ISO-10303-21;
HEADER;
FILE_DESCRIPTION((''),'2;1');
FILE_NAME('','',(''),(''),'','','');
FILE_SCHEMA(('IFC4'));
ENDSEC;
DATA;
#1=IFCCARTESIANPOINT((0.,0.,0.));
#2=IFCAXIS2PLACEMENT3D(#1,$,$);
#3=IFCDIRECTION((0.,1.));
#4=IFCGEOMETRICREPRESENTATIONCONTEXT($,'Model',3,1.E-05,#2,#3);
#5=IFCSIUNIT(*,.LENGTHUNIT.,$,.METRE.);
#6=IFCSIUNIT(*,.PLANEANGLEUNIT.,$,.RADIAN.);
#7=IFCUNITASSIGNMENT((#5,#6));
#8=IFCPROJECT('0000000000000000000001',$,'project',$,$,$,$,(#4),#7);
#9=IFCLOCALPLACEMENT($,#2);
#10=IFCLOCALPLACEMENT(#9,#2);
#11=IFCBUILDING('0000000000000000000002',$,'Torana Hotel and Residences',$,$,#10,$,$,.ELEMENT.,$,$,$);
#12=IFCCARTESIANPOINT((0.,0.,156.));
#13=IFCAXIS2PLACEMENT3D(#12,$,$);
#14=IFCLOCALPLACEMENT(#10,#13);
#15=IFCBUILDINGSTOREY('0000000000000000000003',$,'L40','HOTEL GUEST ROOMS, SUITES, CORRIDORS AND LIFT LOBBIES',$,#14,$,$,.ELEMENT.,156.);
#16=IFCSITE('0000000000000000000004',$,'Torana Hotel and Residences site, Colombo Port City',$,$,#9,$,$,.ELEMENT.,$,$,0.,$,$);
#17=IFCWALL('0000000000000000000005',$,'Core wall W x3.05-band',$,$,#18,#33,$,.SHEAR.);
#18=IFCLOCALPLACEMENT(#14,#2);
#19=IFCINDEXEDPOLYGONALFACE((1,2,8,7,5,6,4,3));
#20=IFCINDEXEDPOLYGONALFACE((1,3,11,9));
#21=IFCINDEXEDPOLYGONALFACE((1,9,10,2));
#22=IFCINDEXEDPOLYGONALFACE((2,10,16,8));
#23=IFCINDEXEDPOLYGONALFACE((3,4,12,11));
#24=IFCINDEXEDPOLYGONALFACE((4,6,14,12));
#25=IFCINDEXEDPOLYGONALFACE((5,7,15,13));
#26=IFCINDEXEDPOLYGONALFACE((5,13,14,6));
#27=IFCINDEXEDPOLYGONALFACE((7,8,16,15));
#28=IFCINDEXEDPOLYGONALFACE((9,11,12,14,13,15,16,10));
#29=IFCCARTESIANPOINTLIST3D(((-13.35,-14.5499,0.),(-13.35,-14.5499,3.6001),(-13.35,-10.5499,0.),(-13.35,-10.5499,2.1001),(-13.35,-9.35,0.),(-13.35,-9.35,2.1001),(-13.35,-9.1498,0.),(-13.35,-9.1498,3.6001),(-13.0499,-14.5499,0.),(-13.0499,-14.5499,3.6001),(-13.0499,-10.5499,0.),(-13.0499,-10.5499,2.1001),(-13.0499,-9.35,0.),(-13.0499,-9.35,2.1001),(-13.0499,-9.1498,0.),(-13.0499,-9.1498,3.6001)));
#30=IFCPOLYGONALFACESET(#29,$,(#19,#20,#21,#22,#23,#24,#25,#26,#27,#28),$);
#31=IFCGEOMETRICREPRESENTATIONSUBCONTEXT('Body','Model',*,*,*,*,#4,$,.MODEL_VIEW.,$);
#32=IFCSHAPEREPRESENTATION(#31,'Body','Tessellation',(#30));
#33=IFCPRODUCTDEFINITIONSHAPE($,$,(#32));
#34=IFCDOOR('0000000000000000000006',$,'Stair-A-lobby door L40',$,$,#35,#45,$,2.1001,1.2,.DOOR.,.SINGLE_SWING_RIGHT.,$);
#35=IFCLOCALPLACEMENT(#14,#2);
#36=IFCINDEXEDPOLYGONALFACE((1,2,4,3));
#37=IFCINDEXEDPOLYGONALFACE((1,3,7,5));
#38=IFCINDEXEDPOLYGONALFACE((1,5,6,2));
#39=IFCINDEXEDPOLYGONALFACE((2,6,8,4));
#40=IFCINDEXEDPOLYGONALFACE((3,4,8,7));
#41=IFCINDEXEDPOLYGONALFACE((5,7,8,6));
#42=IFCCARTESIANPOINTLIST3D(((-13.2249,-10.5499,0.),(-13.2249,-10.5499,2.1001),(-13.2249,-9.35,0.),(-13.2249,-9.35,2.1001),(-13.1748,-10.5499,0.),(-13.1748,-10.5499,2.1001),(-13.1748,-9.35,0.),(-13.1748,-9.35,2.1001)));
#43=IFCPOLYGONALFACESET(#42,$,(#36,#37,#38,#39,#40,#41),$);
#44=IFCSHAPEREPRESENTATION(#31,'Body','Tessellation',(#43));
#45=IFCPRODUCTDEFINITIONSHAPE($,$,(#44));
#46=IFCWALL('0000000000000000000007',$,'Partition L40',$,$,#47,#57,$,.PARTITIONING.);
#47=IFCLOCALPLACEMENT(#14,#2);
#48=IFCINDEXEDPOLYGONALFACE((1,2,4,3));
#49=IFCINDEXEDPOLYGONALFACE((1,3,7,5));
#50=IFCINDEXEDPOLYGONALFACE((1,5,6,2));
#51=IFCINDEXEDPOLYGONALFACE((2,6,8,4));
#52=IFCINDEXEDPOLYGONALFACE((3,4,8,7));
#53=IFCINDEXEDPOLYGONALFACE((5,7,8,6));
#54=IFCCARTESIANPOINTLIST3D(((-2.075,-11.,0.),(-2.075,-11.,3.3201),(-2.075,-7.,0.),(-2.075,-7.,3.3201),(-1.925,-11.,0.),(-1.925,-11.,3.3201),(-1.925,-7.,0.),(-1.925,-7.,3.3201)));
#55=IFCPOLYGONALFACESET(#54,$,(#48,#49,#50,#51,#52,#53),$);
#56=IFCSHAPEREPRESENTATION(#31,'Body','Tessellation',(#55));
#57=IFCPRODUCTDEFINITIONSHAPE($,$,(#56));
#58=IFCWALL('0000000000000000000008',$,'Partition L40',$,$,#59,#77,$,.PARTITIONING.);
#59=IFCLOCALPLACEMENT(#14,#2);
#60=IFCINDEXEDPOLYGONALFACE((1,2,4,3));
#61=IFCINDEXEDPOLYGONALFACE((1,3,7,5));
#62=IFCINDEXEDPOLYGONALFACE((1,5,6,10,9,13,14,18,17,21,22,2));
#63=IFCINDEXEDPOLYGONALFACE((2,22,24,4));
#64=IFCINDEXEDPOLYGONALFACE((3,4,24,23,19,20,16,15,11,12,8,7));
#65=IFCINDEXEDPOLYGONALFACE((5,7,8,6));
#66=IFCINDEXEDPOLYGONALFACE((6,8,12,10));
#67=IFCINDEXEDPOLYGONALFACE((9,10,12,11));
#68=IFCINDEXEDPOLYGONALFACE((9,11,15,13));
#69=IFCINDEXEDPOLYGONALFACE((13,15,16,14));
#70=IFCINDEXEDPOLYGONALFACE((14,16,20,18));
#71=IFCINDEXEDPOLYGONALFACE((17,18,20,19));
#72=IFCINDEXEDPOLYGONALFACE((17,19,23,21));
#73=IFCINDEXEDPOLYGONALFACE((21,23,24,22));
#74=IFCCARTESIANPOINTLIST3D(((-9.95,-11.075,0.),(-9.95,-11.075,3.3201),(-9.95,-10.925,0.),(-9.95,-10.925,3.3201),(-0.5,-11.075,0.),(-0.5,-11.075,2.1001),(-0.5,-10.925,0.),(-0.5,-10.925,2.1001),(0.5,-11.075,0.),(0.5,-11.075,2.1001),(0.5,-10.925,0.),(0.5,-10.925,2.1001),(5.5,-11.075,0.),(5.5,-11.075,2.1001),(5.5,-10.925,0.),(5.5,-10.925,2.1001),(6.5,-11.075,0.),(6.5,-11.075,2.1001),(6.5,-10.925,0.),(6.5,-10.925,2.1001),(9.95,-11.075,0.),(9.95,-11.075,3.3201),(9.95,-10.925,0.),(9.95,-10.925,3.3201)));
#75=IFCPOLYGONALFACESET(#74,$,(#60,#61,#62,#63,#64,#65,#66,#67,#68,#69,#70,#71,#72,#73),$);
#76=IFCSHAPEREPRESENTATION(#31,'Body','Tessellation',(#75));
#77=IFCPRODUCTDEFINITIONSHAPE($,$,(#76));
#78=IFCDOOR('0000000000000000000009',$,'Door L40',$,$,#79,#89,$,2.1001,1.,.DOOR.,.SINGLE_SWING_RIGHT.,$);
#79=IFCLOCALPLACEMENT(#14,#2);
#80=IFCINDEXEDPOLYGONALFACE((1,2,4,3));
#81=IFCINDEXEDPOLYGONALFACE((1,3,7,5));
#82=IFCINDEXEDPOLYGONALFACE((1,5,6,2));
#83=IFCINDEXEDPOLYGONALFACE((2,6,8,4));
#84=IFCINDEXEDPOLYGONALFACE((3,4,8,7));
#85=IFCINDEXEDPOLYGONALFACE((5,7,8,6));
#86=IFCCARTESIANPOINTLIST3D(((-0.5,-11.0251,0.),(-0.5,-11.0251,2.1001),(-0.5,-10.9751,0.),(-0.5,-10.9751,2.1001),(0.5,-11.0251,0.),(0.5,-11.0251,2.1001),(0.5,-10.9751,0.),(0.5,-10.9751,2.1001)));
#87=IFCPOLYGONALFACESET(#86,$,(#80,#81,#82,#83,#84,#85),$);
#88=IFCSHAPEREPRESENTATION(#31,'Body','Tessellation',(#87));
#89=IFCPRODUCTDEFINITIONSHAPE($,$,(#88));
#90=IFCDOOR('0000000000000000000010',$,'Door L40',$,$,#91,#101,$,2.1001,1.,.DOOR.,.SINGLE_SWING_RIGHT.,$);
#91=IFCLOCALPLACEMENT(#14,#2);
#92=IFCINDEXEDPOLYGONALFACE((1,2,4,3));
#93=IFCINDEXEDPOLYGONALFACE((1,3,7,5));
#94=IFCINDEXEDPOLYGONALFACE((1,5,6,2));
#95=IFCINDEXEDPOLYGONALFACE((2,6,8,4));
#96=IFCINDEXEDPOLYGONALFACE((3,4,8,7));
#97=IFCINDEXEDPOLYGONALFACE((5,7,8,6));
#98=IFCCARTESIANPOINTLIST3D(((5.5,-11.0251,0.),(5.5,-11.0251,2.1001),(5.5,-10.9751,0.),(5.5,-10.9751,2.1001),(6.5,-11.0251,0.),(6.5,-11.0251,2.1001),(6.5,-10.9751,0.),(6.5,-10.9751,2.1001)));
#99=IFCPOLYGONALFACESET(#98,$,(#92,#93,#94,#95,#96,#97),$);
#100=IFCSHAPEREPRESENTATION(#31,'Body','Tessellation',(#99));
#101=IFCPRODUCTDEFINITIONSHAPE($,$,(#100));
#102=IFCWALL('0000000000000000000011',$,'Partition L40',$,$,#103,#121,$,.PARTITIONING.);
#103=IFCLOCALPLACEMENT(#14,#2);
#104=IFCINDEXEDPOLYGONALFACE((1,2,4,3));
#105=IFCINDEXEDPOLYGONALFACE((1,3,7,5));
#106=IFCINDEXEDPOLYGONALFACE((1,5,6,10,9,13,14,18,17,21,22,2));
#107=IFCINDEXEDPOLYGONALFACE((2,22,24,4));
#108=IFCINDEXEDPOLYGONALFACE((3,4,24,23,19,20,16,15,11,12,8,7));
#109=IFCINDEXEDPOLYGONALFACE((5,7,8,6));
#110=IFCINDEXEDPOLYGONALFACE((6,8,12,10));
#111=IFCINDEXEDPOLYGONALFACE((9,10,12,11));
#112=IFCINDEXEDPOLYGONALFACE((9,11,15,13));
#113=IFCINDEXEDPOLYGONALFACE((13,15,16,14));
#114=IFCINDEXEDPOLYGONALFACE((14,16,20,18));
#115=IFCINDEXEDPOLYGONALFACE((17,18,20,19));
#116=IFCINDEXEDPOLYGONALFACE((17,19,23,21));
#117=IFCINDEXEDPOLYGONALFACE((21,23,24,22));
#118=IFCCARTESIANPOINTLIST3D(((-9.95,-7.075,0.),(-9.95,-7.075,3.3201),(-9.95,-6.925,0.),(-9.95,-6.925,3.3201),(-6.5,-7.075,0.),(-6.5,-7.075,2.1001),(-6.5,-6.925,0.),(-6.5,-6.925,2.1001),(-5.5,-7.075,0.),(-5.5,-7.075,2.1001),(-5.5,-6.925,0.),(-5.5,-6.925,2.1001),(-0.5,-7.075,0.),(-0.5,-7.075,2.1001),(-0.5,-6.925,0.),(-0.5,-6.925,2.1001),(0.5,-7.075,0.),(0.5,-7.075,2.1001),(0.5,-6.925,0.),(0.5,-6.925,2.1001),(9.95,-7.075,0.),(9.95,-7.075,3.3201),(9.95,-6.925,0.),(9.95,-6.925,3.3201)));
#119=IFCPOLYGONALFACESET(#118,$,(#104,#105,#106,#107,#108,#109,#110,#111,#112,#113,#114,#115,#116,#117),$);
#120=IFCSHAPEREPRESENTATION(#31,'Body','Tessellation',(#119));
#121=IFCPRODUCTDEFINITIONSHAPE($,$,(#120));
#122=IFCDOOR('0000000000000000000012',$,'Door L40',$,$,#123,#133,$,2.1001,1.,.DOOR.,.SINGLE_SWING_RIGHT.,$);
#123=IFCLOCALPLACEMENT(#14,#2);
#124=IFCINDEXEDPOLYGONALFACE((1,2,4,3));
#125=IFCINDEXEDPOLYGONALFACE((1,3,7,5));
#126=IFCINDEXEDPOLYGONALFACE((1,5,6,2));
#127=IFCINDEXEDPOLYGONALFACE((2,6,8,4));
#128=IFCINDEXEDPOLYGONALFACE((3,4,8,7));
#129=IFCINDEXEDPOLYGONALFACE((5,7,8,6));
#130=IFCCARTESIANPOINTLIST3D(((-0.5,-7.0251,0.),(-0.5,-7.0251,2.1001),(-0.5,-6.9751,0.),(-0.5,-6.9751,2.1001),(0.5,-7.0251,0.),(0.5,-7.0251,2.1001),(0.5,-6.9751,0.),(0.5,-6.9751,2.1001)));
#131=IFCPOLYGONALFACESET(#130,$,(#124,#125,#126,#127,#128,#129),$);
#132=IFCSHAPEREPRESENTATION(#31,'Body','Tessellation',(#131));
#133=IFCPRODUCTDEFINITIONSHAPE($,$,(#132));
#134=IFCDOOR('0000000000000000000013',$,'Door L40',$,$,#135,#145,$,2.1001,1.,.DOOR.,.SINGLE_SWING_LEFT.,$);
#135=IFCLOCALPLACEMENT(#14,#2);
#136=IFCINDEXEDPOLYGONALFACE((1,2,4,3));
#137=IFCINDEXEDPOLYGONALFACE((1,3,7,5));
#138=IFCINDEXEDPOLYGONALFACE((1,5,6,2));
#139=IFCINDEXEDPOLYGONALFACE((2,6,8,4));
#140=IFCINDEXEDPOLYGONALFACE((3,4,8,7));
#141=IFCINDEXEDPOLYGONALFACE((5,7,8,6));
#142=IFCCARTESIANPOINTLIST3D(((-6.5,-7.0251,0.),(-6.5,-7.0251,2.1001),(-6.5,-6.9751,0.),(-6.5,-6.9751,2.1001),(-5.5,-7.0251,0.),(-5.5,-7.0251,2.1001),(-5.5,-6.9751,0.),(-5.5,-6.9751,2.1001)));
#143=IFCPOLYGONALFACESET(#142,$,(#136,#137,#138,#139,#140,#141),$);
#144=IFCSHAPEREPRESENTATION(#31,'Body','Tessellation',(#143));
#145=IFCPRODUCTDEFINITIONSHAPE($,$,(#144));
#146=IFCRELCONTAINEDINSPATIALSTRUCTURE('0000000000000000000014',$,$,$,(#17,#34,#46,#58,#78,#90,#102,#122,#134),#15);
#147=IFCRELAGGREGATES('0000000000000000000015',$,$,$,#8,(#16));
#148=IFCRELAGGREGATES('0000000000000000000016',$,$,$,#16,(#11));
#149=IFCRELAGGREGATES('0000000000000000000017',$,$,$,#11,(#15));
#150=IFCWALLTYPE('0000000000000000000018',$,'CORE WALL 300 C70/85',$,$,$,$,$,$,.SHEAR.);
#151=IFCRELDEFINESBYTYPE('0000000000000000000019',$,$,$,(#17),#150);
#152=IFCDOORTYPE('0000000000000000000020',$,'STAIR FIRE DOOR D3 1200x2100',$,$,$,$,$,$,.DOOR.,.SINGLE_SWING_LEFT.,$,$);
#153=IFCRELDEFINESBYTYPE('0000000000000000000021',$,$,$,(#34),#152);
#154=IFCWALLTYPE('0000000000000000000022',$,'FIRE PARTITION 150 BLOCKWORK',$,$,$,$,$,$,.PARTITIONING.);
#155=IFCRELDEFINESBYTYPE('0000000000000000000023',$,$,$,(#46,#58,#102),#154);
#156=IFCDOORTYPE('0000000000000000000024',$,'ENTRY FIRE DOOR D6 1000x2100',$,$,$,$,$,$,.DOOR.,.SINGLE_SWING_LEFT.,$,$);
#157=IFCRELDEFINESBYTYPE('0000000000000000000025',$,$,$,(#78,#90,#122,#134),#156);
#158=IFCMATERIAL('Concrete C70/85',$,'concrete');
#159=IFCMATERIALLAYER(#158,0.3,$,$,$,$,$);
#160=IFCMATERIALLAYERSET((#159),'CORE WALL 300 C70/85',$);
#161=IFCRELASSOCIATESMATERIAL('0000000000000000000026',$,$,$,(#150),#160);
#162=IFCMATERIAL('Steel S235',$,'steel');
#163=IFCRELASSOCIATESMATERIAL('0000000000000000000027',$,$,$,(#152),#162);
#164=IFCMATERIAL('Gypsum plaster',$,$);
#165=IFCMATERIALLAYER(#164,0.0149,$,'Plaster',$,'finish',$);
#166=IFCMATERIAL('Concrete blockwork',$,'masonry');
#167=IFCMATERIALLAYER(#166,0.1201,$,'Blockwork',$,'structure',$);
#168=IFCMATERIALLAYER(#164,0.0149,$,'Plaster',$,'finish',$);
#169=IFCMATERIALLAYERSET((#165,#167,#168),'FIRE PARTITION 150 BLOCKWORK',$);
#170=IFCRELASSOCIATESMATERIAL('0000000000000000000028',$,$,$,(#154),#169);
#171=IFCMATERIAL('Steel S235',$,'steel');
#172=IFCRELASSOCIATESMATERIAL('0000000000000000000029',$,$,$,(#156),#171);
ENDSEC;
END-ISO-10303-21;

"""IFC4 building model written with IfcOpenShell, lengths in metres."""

from ifc_helpers import new_model, si_unit, direction, frame, frame_2d, origin, place, context, subcontext, project, spatial, rectangle, extrude, material, layer, layer_set, type_object, element, fill, save


model = new_model("IFC4")

# Units and contexts
model_context = context("Model", 3, precision=1e-05, world=origin(), true_north=direction((0.0, 1.0)))
body_context = subcontext(model_context, "Body", "Model", "MODEL_VIEW")
ifc_project = project(units=[si_unit("LENGTHUNIT", "METRE"), si_unit("PLANEANGLEUNIT", "RADIAN")], contexts=[model_context])

# Site, building, storey
site_placement = place(None, origin())
site = spatial("IfcSite", under=ifc_project, at=site_placement, Name="Torana Hotel and Residences site, Colombo Port City", CompositionType="ELEMENT", RefElevation=0.0)
building_placement = place(site_placement, origin())
building = spatial("IfcBuilding", under=site, at=building_placement, Name="Torana Hotel and Residences", CompositionType="ELEMENT")
storey_placement = place(building_placement, frame((0.0, 0.0, 156.0)))
storey = spatial("IfcBuildingStorey", under=building, at=storey_placement, Name="L40", Description="HOTEL GUEST ROOMS, SUITES, CORRIDORS AND LIFT LOBBIES", CompositionType="ELEMENT", Elevation=156.0)

# Shared definitions
ifc_material_1 = material(Name="Concrete C70/85", Category="concrete")
ifc_layer_1 = layer(ifc_material_1, 0.3)
ifc_layer_set_1 = layer_set([ifc_layer_1], Name="CORE WALL 300 C70/85")
wall_type_1 = type_object("IfcWallType", Name="CORE WALL 300 C70/85", PredefinedType="SHEAR", material=ifc_layer_set_1)

# Wall, opening, door
wall_1_placement = place(storey_placement, frame((-13.2, -14.55, 0.0), z_axis=(0.0, 0.0, 1.0), x_axis=(0.0, 1.0, 0.0)))
wall_1 = element("IfcWall", 1, at=wall_1_placement, inside=storey, type_object=wall_type_1, Name="Core wall W x3.05-band", PredefinedType="SHEAR", context=body_context, shape_type="SweptSolid", body=[
    extrude(rectangle(XDim=5.4001, YDim=0.3, at=frame_2d((2.7002, 0.0))), origin(), (0.0, 0.0, 1.0), 3.6001),
])
opening_1_placement = place(wall_1_placement, frame((4.0, 0.0, 0.0)))
opening_1 = element("IfcOpeningElement", 2, at=opening_1_placement, cuts=wall_1, PredefinedType="OPENING", context=body_context, shape_type="SweptSolid", body=[
    extrude(rectangle(XDim=1.2, YDim=2.1001, at=frame_2d((0.6001, 1.05))), frame((0.0, 0.1599, 0.0), z_axis=(0.0, -1.0, 0.0), x_axis=(1.0, 0.0, 0.0)), (0.0, 0.0, 1.0), 0.3201),
])
ifc_material_2 = material(Name="Steel S235", Category="steel")
door_type_1 = type_object("IfcDoorType", Name="STAIR FIRE DOOR D3 1200x2100", OperationType="SINGLE_SWING_LEFT", PredefinedType="DOOR", material=ifc_material_2)
door_1_placement = place(opening_1_placement, frame((0.6001, 0.0, 0.0), z_axis=(0.0, 0.0, 1.0), x_axis=(-1.0, 0.0, 0.0)))
door_1 = element("IfcDoor", 3, at=door_1_placement, inside=storey, type_object=door_type_1, Name="Stair-A-lobby door L40", OperationType="SINGLE_SWING_RIGHT", OverallHeight=2.1001, OverallWidth=1.2, PredefinedType="DOOR", context=body_context, shape_type="SweptSolid", body=[
    extrude(rectangle(XDim=1.2, YDim=2.1001, at=frame_2d((0.0, 1.05))), frame((0.0, -0.0249, 0.0), z_axis=(0.0, 1.0, 0.0), x_axis=(-1.0, 0.0, 0.0)), (0.0, 0.0, 1.0), 0.05),
])
fill(opening_1, door_1)

# Wall
ifc_material_3 = material(Name="Gypsum plaster")
ifc_layer_2 = layer(ifc_material_3, 0.0149, Name="Plaster", Category="finish")
ifc_material_4 = material(Name="Concrete blockwork", Category="masonry")
ifc_layer_3 = layer(ifc_material_4, 0.1201, Name="Blockwork", Category="structure")
ifc_layer_4 = layer(ifc_material_3, 0.0149, Name="Plaster", Category="finish")
ifc_layer_set_2 = layer_set([ifc_layer_2, ifc_layer_3, ifc_layer_4], Name="FIRE PARTITION 150 BLOCKWORK")
wall_type_2 = type_object("IfcWallType", Name="FIRE PARTITION 150 BLOCKWORK", PredefinedType="PARTITIONING", material=ifc_layer_set_2)
wall_2_placement = place(storey_placement, frame((-2.0, -11.0, 0.0), z_axis=(0.0, 0.0, 1.0), x_axis=(0.0, 1.0, 0.0)))
element("IfcWall", 4, at=wall_2_placement, inside=storey, type_object=wall_type_2, Name="Partition L40", PredefinedType="PARTITIONING", context=body_context, shape_type="SweptSolid", body=[
    extrude(rectangle(XDim=4.0, YDim=0.1499, at=frame_2d((2.0, 0.0))), origin(), (0.0, 0.0, 1.0), 3.3201),
])

# Walls, openings, doors
wall_3_placement = place(storey_placement, frame((-9.95, -11.0, 0.0), z_axis=(0.0, 0.0, 1.0), x_axis=(1.0, 0.0, 0.0)))
wall_3 = element("IfcWall", 5, at=wall_3_placement, inside=storey, type_object=wall_type_2, Name="Partition L40", PredefinedType="PARTITIONING", context=body_context, shape_type="SweptSolid", body=[
    extrude(rectangle(XDim=19.8999, YDim=0.1499, at=frame_2d((9.95, 0.0))), origin(), (0.0, 0.0, 1.0), 3.3201),
])
opening_2_placement = place(wall_3_placement, frame((9.45, 0.0, 0.0)))
opening_2 = element("IfcOpeningElement", 6, at=opening_2_placement, cuts=wall_3, PredefinedType="OPENING", context=body_context, shape_type="SweptSolid", body=[
    extrude(rectangle(XDim=1.0, YDim=2.1001, at=frame_2d((0.5, 1.05))), frame((0.0, 0.085, 0.0), z_axis=(0.0, -1.0, 0.0), x_axis=(1.0, 0.0, 0.0)), (0.0, 0.0, 1.0), 0.1699),
])
opening_3_placement = place(wall_3_placement, frame((15.45, 0.0, 0.0)))
opening_3 = element("IfcOpeningElement", 7, at=opening_3_placement, cuts=wall_3, PredefinedType="OPENING", context=body_context, shape_type="SweptSolid", body=[
    extrude(rectangle(XDim=1.0, YDim=2.1001, at=frame_2d((0.5, 1.05))), frame((0.0, 0.085, 0.0), z_axis=(0.0, -1.0, 0.0), x_axis=(1.0, 0.0, 0.0)), (0.0, 0.0, 1.0), 0.1699),
])
ifc_material_5 = material(Name="Steel S235", Category="steel")
door_type_2 = type_object("IfcDoorType", Name="ENTRY FIRE DOOR D6 1000x2100", OperationType="SINGLE_SWING_LEFT", PredefinedType="DOOR", material=ifc_material_5)
door_2_placement = place(opening_2_placement, origin())
door_2 = element("IfcDoor", 8, at=door_2_placement, inside=storey, type_object=door_type_2, Name="Door L40", OperationType="SINGLE_SWING_RIGHT", OverallHeight=2.1001, OverallWidth=1.0, PredefinedType="DOOR", context=body_context, shape_type="SweptSolid", body=[
    extrude(rectangle(XDim=1.0, YDim=2.1001, at=frame_2d((0.5, 1.05))), frame((0.0, 0.0249, 0.0), z_axis=(0.0, -1.0, 0.0), x_axis=(1.0, 0.0, 0.0)), (0.0, 0.0, 1.0), 0.05),
])
fill(opening_2, door_2)
door_3_placement = place(opening_3_placement, origin())
door_3 = element("IfcDoor", 9, at=door_3_placement, inside=storey, type_object=door_type_2, Name="Door L40", OperationType="SINGLE_SWING_RIGHT", OverallHeight=2.1001, OverallWidth=1.0, PredefinedType="DOOR", context=body_context, shape_type="SweptSolid", body=[
    extrude(rectangle(XDim=1.0, YDim=2.1001, at=frame_2d((0.5, 1.05))), frame((0.0, 0.0249, 0.0), z_axis=(0.0, -1.0, 0.0), x_axis=(1.0, 0.0, 0.0)), (0.0, 0.0, 1.0), 0.05),
])
fill(opening_3, door_3)
wall_4_placement = place(storey_placement, frame((-9.95, -7.0, 0.0), z_axis=(0.0, 0.0, 1.0), x_axis=(1.0, 0.0, 0.0)))
wall_4 = element("IfcWall", 10, at=wall_4_placement, inside=storey, type_object=wall_type_2, Name="Partition L40", PredefinedType="PARTITIONING", context=body_context, shape_type="SweptSolid", body=[
    extrude(rectangle(XDim=19.8999, YDim=0.1499, at=frame_2d((9.95, 0.0))), origin(), (0.0, 0.0, 1.0), 3.3201),
])
opening_4_placement = place(wall_4_placement, frame((9.45, 0.0, 0.0)))
opening_4 = element("IfcOpeningElement", 11, at=opening_4_placement, cuts=wall_4, PredefinedType="OPENING", context=body_context, shape_type="SweptSolid", body=[
    extrude(rectangle(XDim=1.0, YDim=2.1001, at=frame_2d((0.5, 1.05))), frame((0.0, 0.085, 0.0), z_axis=(0.0, -1.0, 0.0), x_axis=(1.0, 0.0, 0.0)), (0.0, 0.0, 1.0), 0.1699),
])
opening_5_placement = place(wall_4_placement, frame((3.45, 0.0, 0.0)))
opening_5 = element("IfcOpeningElement", 12, at=opening_5_placement, cuts=wall_4, PredefinedType="OPENING", context=body_context, shape_type="SweptSolid", body=[
    extrude(rectangle(XDim=1.0, YDim=2.1001, at=frame_2d((0.5, 1.05))), frame((0.0, 0.085, 0.0), z_axis=(0.0, -1.0, 0.0), x_axis=(1.0, 0.0, 0.0)), (0.0, 0.0, 1.0), 0.1699),
])
door_4_placement = place(opening_4_placement, origin())
door_4 = element("IfcDoor", 13, at=door_4_placement, inside=storey, type_object=door_type_2, Name="Door L40", OperationType="SINGLE_SWING_RIGHT", OverallHeight=2.1001, OverallWidth=1.0, PredefinedType="DOOR", context=body_context, shape_type="SweptSolid", body=[
    extrude(rectangle(XDim=1.0, YDim=2.1001, at=frame_2d((0.5, 1.05))), frame((0.0, 0.0249, 0.0), z_axis=(0.0, -1.0, 0.0), x_axis=(1.0, 0.0, 0.0)), (0.0, 0.0, 1.0), 0.05),
])
fill(opening_4, door_4)
door_5_placement = place(opening_5_placement, frame((0.5, 0.0, 0.0), z_axis=(0.0, 0.0, 1.0), x_axis=(-1.0, 0.0, 0.0)))
door_5 = element("IfcDoor", 14, at=door_5_placement, inside=storey, type_object=door_type_2, Name="Door L40", OperationType="SINGLE_SWING_LEFT", OverallHeight=2.1001, OverallWidth=1.0, PredefinedType="DOOR", context=body_context, shape_type="SweptSolid", body=[
    extrude(rectangle(XDim=1.0, YDim=2.1001, at=frame_2d((0.0, 1.05))), frame((0.0, -0.0249, 0.0), z_axis=(0.0, 1.0, 0.0), x_axis=(-1.0, 0.0, 0.0)), (0.0, 0.0, 1.0), 0.05),
])
fill(opening_5, door_5)

save(model, "model.ifc")
